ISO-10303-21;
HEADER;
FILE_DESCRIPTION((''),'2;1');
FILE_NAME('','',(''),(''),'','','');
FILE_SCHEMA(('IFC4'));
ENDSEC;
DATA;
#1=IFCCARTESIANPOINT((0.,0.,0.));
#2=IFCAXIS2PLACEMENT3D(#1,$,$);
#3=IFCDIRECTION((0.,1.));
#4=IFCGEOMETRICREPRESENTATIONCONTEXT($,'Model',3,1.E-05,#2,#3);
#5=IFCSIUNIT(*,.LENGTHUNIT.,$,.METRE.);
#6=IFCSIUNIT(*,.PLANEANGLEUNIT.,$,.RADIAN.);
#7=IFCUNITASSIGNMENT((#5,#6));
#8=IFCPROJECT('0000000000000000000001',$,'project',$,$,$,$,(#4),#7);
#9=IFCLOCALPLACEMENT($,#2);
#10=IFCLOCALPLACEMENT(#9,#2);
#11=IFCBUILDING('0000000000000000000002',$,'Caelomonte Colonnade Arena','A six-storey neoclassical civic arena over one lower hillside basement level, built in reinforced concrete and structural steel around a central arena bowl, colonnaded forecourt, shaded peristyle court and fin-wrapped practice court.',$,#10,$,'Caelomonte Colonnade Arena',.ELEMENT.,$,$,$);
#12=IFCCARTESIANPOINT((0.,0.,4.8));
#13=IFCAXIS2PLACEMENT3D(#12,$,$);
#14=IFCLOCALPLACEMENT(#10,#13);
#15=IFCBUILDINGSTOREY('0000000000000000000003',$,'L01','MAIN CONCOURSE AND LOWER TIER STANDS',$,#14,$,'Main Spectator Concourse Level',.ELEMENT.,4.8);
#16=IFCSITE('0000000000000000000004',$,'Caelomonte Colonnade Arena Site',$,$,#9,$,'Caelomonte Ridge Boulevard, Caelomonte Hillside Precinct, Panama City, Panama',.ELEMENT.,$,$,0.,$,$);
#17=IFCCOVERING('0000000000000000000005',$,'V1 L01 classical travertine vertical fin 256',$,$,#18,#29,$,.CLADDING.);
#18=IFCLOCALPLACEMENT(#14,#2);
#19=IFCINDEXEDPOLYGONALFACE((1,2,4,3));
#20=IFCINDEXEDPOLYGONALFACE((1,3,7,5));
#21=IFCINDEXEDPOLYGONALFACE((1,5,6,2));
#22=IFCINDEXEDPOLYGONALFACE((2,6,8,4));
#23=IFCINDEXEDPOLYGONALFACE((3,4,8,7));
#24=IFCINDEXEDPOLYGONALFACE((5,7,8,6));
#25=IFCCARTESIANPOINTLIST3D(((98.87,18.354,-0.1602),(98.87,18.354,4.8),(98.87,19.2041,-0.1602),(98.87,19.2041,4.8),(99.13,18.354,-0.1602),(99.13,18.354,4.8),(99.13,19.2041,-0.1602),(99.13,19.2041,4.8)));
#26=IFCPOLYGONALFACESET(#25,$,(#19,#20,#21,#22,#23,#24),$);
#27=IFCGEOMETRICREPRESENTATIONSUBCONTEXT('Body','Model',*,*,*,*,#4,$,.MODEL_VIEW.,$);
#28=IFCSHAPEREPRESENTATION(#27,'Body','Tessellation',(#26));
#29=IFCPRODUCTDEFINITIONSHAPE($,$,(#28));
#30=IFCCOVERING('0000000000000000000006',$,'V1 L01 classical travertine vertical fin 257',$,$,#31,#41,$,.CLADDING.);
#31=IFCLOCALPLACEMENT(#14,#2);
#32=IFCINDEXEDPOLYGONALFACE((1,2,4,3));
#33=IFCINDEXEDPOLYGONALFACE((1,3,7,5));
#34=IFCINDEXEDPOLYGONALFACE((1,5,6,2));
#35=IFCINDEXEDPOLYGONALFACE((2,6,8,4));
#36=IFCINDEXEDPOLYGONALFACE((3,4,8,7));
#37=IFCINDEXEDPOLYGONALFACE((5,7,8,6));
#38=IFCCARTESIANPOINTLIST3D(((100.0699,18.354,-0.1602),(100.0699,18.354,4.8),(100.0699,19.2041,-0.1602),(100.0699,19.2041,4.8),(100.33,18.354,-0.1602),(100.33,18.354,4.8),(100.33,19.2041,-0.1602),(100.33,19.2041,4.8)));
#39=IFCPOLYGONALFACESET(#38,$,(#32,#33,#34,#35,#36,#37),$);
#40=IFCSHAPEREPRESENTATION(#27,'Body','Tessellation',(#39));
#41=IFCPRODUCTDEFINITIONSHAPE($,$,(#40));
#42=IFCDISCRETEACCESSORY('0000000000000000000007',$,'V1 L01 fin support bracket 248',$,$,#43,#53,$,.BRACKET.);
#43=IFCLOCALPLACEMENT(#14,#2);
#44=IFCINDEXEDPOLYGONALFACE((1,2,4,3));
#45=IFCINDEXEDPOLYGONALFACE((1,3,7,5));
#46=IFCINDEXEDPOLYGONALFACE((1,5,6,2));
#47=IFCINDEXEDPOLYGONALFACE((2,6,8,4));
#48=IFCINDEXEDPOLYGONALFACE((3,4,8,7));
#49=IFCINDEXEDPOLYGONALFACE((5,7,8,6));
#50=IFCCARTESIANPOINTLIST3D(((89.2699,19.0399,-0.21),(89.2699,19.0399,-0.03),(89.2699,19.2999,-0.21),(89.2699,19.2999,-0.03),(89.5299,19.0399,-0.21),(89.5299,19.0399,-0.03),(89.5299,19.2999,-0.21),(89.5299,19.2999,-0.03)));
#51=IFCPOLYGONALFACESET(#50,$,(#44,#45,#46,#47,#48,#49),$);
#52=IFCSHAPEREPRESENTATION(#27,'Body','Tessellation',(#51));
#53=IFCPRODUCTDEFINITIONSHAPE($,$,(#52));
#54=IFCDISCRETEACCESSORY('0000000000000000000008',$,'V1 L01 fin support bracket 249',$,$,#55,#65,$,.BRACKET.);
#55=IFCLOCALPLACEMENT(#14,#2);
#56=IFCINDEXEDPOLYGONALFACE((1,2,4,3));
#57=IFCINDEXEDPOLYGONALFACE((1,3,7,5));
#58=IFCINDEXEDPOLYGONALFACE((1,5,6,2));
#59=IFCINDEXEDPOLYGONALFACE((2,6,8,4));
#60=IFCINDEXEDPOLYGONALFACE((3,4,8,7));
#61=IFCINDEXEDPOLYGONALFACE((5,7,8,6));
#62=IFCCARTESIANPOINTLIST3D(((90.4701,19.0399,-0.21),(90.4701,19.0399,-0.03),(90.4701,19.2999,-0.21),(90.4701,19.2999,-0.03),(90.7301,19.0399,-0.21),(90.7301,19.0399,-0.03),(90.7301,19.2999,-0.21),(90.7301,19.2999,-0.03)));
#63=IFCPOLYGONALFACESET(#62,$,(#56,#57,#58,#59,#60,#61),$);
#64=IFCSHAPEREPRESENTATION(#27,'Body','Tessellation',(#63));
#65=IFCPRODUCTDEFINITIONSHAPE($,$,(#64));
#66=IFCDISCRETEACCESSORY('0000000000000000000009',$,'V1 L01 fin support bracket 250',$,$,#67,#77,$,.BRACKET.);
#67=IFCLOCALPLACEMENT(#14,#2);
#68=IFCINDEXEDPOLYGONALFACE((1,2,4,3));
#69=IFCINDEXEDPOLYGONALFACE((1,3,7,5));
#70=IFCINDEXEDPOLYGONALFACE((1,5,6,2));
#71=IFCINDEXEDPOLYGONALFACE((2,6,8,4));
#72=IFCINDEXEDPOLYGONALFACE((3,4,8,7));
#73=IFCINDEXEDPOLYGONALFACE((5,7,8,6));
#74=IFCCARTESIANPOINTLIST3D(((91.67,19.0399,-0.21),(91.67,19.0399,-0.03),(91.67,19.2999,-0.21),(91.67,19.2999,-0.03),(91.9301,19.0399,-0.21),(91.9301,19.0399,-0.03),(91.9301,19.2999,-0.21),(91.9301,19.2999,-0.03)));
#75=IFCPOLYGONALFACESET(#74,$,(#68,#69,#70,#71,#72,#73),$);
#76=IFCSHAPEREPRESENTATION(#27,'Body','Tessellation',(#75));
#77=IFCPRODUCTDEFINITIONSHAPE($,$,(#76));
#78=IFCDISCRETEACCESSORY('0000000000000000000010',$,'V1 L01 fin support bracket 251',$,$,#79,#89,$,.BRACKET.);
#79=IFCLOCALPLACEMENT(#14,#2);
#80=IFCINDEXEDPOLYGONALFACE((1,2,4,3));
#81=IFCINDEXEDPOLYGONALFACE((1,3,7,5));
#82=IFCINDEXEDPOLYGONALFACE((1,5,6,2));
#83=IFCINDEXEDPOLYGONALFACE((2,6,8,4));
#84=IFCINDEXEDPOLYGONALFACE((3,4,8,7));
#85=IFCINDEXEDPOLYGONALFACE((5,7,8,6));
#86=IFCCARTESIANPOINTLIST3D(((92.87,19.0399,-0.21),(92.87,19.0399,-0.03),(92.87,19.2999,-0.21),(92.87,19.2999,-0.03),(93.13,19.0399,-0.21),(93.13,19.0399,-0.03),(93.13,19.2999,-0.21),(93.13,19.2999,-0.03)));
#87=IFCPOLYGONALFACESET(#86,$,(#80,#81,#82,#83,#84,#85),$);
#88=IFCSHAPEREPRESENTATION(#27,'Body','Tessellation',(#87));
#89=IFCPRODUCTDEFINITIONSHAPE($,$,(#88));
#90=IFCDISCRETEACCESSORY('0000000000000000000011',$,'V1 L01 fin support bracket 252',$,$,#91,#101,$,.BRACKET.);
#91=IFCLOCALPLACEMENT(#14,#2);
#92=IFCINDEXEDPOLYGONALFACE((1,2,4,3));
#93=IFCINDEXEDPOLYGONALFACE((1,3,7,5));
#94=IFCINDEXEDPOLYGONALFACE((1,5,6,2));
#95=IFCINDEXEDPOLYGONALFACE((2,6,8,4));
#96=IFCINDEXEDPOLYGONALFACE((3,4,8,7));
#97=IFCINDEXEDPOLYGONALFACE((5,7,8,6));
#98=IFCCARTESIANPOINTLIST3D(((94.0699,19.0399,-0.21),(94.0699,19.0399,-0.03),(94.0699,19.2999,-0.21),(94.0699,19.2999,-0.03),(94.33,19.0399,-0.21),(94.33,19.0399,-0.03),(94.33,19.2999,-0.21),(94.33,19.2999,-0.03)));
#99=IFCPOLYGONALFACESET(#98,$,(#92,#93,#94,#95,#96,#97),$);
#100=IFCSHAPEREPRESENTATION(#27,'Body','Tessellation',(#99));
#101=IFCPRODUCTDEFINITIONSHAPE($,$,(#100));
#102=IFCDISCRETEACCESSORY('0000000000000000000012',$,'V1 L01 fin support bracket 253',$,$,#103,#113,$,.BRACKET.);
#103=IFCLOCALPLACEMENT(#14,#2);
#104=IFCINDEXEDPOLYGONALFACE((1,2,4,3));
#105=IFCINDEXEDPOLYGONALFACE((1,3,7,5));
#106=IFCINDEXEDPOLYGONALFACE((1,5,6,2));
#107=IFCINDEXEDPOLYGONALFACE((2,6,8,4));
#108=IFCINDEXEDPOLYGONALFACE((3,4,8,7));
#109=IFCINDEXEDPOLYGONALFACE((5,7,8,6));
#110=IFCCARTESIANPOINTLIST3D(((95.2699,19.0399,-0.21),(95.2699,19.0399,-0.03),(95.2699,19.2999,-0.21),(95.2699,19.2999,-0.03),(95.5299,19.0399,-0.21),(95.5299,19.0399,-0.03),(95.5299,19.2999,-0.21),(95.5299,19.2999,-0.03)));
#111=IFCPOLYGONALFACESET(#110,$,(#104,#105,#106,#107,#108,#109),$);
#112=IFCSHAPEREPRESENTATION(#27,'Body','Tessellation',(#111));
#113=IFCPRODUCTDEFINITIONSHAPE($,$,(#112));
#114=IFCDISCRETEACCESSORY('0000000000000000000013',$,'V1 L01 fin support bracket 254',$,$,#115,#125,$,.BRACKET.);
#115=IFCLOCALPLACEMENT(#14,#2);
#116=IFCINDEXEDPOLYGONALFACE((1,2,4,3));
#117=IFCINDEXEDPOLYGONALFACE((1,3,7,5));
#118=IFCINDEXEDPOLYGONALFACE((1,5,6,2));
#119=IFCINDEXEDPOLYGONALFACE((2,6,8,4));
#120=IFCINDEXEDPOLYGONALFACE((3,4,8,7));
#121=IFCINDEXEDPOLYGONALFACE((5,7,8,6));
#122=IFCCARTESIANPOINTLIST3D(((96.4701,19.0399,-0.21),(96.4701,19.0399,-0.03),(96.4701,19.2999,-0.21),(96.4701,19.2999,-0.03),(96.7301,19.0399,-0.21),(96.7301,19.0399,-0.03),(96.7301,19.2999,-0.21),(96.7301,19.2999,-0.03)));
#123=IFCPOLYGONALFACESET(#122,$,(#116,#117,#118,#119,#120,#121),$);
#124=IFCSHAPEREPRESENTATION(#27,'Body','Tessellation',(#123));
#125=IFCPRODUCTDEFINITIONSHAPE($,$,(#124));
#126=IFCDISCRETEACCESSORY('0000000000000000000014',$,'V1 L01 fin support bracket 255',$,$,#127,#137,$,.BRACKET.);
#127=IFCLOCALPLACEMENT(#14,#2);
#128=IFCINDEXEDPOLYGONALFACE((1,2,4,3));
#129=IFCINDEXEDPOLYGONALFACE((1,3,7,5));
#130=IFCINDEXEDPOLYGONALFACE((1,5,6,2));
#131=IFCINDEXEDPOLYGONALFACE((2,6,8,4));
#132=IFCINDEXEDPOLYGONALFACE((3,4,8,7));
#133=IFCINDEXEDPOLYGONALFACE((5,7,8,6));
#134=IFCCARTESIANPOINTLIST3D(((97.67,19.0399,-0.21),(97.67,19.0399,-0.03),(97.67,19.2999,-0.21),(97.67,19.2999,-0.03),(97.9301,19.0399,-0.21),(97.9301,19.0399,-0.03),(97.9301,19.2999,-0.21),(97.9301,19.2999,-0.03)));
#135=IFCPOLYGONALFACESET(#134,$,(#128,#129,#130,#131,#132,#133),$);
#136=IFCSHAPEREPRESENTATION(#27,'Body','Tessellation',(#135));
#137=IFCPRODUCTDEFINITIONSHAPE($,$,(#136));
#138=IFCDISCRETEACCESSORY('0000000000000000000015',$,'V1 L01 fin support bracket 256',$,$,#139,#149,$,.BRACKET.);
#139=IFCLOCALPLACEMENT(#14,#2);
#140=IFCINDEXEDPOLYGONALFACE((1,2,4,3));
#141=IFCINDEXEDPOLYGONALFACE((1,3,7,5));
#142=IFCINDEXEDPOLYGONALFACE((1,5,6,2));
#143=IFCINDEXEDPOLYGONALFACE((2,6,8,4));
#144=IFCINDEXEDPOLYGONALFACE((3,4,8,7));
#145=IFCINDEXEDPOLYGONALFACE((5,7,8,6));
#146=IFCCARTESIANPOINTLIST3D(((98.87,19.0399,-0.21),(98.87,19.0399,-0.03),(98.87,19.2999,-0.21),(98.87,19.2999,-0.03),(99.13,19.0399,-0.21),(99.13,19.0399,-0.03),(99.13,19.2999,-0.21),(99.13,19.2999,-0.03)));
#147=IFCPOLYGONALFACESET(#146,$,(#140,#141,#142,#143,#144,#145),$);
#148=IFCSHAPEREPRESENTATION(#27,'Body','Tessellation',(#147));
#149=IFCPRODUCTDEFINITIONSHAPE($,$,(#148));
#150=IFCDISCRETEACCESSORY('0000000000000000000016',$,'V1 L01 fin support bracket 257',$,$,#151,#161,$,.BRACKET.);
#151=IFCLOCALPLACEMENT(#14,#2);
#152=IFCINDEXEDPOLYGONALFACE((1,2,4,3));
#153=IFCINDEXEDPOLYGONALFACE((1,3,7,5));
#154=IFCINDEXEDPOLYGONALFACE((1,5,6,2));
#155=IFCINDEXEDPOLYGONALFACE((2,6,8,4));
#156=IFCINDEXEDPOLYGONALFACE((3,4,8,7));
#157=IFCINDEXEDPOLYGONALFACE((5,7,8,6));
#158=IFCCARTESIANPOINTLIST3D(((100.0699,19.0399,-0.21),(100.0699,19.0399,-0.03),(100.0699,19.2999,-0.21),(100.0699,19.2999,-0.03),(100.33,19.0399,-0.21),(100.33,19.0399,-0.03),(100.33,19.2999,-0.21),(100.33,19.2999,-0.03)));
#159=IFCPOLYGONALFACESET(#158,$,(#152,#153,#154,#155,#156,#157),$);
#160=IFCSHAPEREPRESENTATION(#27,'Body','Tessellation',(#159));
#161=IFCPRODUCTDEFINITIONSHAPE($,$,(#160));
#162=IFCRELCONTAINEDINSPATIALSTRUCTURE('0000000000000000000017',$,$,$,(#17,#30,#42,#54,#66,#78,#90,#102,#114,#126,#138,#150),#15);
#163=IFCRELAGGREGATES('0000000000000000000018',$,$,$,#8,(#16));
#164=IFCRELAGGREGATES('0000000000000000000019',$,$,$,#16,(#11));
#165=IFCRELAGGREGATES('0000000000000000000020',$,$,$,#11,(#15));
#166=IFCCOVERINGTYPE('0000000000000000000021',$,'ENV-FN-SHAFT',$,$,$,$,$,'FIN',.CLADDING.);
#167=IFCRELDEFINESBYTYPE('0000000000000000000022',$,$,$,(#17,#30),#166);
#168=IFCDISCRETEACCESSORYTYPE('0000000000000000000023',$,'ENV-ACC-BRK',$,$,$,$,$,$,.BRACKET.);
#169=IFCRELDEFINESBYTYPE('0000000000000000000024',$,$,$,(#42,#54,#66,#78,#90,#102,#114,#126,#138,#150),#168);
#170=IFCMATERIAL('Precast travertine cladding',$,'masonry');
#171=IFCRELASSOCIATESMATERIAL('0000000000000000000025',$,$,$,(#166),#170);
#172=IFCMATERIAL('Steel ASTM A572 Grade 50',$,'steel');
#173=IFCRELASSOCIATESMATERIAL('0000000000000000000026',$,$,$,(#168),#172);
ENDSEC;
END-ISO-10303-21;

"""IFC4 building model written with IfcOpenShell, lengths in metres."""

from ifc_helpers import new_model, si_unit, direction, frame, origin, origin_2d, place, context, subcontext, project, spatial, rectangle, extrude, material, material_profile, profile_set, type_object, element, save


model = new_model("IFC4")

# Units and contexts
model_context = context("Model", 3, precision=1e-05, world=origin(), true_north=direction((0.0, 1.0)))
body_context = subcontext(model_context, "Body", "Model", "MODEL_VIEW")
ifc_project = project(units=[si_unit("LENGTHUNIT", "METRE"), si_unit("PLANEANGLEUNIT", "RADIAN")], contexts=[model_context])

# Site, building, storey
site_placement = place(None, origin())
site = spatial("IfcSite", under=ifc_project, at=site_placement, Name="Caelomonte Colonnade Arena Site", LongName="Caelomonte Ridge Boulevard, Caelomonte Hillside Precinct, Panama City, Panama", CompositionType="ELEMENT", RefElevation=0.0)
building_placement = place(site_placement, origin())
building = spatial("IfcBuilding", under=site, at=building_placement, Name="Caelomonte Colonnade Arena", Description="A six-storey neoclassical civic arena over one lower hillside basement level, built in reinforced concrete and structural steel around a central arena bowl, colonnaded forecourt, shaded peristyle court and fin-wrapped practice court.", LongName="Caelomonte Colonnade Arena", CompositionType="ELEMENT")
storey_placement = place(building_placement, frame((0.0, 0.0, 4.8)))
storey = spatial("IfcBuildingStorey", under=building, at=storey_placement, Name="L01", Description="MAIN CONCOURSE AND LOWER TIER STANDS", LongName="Main Spectator Concourse Level", CompositionType="ELEMENT", Elevation=4.8)

# Coverings
ifc_material_1 = material(Name="Precast travertine cladding", Category="masonry")
ifc_material_profile_1 = material_profile(ifc_material_1, rectangle(XDim=0.26, YDim=0.8501, at=origin_2d()), Name="FIN260X850")
ifc_profile_set_1 = profile_set([ifc_material_profile_1], Name="Precast travertine cladding")
covering_type = type_object("IfcCoveringType", Name="ENV-FN-SHAFT", ElementType="FIN", PredefinedType="CLADDING", material=ifc_profile_set_1)
for number, where, z_axis, x_axis, name in (
    (1, (99.0, 18.7791, -0.1602), (0.0, 0.0, 1.0), (-1.0, 0.0, 0.0), "V1 L01 classical travertine vertical fin 256"),
    (2, (100.2, 18.7791, -0.1602), (0.0, 0.0, 1.0), (-1.0, 0.0, 0.0), "V1 L01 classical travertine vertical fin 257"),
):
    element("IfcCovering", number, at=place(storey_placement, frame(where, z_axis=z_axis, x_axis=x_axis)), inside=storey, type_object=covering_type, Name=name, PredefinedType="CLADDING", context=body_context, shape_type="SweptSolid", body=[
        extrude(rectangle(XDim=0.26, YDim=0.8501, at=origin_2d()), origin(), (0.0, 0.0, 1.0), 4.9602),
    ])

# Discrete accessories
ifc_material_2 = material(Name="Steel ASTM A572 Grade 50", Category="steel")
discrete_accessory_type = type_object("IfcDiscreteAccessoryType", Name="ENV-ACC-BRK", PredefinedType="BRACKET", material=ifc_material_2)
for number, where, z_axis, x_axis, name in (
    (3, (89.3999, 19.1699, -0.21), (0.0, 0.0, 1.0), (1.0, 0.0, 0.0), "V1 L01 fin support bracket 248"),
    (4, (90.6001, 19.1699, -0.21), (0.0, 0.0, 1.0), (1.0, 0.0, 0.0), "V1 L01 fin support bracket 249"),
    (5, (91.8, 19.1699, -0.21), (0.0, 0.0, 1.0), (1.0, 0.0, 0.0), "V1 L01 fin support bracket 250"),
    (6, (93.0, 19.1699, -0.21), (0.0, 0.0, 1.0), (1.0, 0.0, 0.0), "V1 L01 fin support bracket 251"),
    (7, (94.2, 19.1699, -0.21), (0.0, 0.0, 1.0), (1.0, 0.0, 0.0), "V1 L01 fin support bracket 252"),
    (8, (95.3999, 19.1699, -0.21), (0.0, 0.0, 1.0), (1.0, 0.0, 0.0), "V1 L01 fin support bracket 253"),
    (9, (96.6001, 19.1699, -0.21), (0.0, 0.0, 1.0), (1.0, 0.0, 0.0), "V1 L01 fin support bracket 254"),
    (10, (97.8, 19.1699, -0.21), (0.0, 0.0, 1.0), (1.0, 0.0, 0.0), "V1 L01 fin support bracket 255"),
    (11, (99.0, 19.1699, -0.21), (0.0, 0.0, 1.0), (1.0, 0.0, 0.0), "V1 L01 fin support bracket 256"),
    (12, (100.2, 19.1699, -0.21), (0.0, 0.0, 1.0), (1.0, 0.0, 0.0), "V1 L01 fin support bracket 257"),
):
    element("IfcDiscreteAccessory", number, at=place(storey_placement, frame(where, z_axis=z_axis, x_axis=x_axis)), inside=storey, type_object=discrete_accessory_type, Name=name, PredefinedType="BRACKET", context=body_context, shape_type="SweptSolid", body=[
        extrude(rectangle(XDim=0.26, YDim=0.26, at=origin_2d()), origin(), (0.0, 0.0, 1.0), 0.1799),
    ])

save(model, "model.ifc")
